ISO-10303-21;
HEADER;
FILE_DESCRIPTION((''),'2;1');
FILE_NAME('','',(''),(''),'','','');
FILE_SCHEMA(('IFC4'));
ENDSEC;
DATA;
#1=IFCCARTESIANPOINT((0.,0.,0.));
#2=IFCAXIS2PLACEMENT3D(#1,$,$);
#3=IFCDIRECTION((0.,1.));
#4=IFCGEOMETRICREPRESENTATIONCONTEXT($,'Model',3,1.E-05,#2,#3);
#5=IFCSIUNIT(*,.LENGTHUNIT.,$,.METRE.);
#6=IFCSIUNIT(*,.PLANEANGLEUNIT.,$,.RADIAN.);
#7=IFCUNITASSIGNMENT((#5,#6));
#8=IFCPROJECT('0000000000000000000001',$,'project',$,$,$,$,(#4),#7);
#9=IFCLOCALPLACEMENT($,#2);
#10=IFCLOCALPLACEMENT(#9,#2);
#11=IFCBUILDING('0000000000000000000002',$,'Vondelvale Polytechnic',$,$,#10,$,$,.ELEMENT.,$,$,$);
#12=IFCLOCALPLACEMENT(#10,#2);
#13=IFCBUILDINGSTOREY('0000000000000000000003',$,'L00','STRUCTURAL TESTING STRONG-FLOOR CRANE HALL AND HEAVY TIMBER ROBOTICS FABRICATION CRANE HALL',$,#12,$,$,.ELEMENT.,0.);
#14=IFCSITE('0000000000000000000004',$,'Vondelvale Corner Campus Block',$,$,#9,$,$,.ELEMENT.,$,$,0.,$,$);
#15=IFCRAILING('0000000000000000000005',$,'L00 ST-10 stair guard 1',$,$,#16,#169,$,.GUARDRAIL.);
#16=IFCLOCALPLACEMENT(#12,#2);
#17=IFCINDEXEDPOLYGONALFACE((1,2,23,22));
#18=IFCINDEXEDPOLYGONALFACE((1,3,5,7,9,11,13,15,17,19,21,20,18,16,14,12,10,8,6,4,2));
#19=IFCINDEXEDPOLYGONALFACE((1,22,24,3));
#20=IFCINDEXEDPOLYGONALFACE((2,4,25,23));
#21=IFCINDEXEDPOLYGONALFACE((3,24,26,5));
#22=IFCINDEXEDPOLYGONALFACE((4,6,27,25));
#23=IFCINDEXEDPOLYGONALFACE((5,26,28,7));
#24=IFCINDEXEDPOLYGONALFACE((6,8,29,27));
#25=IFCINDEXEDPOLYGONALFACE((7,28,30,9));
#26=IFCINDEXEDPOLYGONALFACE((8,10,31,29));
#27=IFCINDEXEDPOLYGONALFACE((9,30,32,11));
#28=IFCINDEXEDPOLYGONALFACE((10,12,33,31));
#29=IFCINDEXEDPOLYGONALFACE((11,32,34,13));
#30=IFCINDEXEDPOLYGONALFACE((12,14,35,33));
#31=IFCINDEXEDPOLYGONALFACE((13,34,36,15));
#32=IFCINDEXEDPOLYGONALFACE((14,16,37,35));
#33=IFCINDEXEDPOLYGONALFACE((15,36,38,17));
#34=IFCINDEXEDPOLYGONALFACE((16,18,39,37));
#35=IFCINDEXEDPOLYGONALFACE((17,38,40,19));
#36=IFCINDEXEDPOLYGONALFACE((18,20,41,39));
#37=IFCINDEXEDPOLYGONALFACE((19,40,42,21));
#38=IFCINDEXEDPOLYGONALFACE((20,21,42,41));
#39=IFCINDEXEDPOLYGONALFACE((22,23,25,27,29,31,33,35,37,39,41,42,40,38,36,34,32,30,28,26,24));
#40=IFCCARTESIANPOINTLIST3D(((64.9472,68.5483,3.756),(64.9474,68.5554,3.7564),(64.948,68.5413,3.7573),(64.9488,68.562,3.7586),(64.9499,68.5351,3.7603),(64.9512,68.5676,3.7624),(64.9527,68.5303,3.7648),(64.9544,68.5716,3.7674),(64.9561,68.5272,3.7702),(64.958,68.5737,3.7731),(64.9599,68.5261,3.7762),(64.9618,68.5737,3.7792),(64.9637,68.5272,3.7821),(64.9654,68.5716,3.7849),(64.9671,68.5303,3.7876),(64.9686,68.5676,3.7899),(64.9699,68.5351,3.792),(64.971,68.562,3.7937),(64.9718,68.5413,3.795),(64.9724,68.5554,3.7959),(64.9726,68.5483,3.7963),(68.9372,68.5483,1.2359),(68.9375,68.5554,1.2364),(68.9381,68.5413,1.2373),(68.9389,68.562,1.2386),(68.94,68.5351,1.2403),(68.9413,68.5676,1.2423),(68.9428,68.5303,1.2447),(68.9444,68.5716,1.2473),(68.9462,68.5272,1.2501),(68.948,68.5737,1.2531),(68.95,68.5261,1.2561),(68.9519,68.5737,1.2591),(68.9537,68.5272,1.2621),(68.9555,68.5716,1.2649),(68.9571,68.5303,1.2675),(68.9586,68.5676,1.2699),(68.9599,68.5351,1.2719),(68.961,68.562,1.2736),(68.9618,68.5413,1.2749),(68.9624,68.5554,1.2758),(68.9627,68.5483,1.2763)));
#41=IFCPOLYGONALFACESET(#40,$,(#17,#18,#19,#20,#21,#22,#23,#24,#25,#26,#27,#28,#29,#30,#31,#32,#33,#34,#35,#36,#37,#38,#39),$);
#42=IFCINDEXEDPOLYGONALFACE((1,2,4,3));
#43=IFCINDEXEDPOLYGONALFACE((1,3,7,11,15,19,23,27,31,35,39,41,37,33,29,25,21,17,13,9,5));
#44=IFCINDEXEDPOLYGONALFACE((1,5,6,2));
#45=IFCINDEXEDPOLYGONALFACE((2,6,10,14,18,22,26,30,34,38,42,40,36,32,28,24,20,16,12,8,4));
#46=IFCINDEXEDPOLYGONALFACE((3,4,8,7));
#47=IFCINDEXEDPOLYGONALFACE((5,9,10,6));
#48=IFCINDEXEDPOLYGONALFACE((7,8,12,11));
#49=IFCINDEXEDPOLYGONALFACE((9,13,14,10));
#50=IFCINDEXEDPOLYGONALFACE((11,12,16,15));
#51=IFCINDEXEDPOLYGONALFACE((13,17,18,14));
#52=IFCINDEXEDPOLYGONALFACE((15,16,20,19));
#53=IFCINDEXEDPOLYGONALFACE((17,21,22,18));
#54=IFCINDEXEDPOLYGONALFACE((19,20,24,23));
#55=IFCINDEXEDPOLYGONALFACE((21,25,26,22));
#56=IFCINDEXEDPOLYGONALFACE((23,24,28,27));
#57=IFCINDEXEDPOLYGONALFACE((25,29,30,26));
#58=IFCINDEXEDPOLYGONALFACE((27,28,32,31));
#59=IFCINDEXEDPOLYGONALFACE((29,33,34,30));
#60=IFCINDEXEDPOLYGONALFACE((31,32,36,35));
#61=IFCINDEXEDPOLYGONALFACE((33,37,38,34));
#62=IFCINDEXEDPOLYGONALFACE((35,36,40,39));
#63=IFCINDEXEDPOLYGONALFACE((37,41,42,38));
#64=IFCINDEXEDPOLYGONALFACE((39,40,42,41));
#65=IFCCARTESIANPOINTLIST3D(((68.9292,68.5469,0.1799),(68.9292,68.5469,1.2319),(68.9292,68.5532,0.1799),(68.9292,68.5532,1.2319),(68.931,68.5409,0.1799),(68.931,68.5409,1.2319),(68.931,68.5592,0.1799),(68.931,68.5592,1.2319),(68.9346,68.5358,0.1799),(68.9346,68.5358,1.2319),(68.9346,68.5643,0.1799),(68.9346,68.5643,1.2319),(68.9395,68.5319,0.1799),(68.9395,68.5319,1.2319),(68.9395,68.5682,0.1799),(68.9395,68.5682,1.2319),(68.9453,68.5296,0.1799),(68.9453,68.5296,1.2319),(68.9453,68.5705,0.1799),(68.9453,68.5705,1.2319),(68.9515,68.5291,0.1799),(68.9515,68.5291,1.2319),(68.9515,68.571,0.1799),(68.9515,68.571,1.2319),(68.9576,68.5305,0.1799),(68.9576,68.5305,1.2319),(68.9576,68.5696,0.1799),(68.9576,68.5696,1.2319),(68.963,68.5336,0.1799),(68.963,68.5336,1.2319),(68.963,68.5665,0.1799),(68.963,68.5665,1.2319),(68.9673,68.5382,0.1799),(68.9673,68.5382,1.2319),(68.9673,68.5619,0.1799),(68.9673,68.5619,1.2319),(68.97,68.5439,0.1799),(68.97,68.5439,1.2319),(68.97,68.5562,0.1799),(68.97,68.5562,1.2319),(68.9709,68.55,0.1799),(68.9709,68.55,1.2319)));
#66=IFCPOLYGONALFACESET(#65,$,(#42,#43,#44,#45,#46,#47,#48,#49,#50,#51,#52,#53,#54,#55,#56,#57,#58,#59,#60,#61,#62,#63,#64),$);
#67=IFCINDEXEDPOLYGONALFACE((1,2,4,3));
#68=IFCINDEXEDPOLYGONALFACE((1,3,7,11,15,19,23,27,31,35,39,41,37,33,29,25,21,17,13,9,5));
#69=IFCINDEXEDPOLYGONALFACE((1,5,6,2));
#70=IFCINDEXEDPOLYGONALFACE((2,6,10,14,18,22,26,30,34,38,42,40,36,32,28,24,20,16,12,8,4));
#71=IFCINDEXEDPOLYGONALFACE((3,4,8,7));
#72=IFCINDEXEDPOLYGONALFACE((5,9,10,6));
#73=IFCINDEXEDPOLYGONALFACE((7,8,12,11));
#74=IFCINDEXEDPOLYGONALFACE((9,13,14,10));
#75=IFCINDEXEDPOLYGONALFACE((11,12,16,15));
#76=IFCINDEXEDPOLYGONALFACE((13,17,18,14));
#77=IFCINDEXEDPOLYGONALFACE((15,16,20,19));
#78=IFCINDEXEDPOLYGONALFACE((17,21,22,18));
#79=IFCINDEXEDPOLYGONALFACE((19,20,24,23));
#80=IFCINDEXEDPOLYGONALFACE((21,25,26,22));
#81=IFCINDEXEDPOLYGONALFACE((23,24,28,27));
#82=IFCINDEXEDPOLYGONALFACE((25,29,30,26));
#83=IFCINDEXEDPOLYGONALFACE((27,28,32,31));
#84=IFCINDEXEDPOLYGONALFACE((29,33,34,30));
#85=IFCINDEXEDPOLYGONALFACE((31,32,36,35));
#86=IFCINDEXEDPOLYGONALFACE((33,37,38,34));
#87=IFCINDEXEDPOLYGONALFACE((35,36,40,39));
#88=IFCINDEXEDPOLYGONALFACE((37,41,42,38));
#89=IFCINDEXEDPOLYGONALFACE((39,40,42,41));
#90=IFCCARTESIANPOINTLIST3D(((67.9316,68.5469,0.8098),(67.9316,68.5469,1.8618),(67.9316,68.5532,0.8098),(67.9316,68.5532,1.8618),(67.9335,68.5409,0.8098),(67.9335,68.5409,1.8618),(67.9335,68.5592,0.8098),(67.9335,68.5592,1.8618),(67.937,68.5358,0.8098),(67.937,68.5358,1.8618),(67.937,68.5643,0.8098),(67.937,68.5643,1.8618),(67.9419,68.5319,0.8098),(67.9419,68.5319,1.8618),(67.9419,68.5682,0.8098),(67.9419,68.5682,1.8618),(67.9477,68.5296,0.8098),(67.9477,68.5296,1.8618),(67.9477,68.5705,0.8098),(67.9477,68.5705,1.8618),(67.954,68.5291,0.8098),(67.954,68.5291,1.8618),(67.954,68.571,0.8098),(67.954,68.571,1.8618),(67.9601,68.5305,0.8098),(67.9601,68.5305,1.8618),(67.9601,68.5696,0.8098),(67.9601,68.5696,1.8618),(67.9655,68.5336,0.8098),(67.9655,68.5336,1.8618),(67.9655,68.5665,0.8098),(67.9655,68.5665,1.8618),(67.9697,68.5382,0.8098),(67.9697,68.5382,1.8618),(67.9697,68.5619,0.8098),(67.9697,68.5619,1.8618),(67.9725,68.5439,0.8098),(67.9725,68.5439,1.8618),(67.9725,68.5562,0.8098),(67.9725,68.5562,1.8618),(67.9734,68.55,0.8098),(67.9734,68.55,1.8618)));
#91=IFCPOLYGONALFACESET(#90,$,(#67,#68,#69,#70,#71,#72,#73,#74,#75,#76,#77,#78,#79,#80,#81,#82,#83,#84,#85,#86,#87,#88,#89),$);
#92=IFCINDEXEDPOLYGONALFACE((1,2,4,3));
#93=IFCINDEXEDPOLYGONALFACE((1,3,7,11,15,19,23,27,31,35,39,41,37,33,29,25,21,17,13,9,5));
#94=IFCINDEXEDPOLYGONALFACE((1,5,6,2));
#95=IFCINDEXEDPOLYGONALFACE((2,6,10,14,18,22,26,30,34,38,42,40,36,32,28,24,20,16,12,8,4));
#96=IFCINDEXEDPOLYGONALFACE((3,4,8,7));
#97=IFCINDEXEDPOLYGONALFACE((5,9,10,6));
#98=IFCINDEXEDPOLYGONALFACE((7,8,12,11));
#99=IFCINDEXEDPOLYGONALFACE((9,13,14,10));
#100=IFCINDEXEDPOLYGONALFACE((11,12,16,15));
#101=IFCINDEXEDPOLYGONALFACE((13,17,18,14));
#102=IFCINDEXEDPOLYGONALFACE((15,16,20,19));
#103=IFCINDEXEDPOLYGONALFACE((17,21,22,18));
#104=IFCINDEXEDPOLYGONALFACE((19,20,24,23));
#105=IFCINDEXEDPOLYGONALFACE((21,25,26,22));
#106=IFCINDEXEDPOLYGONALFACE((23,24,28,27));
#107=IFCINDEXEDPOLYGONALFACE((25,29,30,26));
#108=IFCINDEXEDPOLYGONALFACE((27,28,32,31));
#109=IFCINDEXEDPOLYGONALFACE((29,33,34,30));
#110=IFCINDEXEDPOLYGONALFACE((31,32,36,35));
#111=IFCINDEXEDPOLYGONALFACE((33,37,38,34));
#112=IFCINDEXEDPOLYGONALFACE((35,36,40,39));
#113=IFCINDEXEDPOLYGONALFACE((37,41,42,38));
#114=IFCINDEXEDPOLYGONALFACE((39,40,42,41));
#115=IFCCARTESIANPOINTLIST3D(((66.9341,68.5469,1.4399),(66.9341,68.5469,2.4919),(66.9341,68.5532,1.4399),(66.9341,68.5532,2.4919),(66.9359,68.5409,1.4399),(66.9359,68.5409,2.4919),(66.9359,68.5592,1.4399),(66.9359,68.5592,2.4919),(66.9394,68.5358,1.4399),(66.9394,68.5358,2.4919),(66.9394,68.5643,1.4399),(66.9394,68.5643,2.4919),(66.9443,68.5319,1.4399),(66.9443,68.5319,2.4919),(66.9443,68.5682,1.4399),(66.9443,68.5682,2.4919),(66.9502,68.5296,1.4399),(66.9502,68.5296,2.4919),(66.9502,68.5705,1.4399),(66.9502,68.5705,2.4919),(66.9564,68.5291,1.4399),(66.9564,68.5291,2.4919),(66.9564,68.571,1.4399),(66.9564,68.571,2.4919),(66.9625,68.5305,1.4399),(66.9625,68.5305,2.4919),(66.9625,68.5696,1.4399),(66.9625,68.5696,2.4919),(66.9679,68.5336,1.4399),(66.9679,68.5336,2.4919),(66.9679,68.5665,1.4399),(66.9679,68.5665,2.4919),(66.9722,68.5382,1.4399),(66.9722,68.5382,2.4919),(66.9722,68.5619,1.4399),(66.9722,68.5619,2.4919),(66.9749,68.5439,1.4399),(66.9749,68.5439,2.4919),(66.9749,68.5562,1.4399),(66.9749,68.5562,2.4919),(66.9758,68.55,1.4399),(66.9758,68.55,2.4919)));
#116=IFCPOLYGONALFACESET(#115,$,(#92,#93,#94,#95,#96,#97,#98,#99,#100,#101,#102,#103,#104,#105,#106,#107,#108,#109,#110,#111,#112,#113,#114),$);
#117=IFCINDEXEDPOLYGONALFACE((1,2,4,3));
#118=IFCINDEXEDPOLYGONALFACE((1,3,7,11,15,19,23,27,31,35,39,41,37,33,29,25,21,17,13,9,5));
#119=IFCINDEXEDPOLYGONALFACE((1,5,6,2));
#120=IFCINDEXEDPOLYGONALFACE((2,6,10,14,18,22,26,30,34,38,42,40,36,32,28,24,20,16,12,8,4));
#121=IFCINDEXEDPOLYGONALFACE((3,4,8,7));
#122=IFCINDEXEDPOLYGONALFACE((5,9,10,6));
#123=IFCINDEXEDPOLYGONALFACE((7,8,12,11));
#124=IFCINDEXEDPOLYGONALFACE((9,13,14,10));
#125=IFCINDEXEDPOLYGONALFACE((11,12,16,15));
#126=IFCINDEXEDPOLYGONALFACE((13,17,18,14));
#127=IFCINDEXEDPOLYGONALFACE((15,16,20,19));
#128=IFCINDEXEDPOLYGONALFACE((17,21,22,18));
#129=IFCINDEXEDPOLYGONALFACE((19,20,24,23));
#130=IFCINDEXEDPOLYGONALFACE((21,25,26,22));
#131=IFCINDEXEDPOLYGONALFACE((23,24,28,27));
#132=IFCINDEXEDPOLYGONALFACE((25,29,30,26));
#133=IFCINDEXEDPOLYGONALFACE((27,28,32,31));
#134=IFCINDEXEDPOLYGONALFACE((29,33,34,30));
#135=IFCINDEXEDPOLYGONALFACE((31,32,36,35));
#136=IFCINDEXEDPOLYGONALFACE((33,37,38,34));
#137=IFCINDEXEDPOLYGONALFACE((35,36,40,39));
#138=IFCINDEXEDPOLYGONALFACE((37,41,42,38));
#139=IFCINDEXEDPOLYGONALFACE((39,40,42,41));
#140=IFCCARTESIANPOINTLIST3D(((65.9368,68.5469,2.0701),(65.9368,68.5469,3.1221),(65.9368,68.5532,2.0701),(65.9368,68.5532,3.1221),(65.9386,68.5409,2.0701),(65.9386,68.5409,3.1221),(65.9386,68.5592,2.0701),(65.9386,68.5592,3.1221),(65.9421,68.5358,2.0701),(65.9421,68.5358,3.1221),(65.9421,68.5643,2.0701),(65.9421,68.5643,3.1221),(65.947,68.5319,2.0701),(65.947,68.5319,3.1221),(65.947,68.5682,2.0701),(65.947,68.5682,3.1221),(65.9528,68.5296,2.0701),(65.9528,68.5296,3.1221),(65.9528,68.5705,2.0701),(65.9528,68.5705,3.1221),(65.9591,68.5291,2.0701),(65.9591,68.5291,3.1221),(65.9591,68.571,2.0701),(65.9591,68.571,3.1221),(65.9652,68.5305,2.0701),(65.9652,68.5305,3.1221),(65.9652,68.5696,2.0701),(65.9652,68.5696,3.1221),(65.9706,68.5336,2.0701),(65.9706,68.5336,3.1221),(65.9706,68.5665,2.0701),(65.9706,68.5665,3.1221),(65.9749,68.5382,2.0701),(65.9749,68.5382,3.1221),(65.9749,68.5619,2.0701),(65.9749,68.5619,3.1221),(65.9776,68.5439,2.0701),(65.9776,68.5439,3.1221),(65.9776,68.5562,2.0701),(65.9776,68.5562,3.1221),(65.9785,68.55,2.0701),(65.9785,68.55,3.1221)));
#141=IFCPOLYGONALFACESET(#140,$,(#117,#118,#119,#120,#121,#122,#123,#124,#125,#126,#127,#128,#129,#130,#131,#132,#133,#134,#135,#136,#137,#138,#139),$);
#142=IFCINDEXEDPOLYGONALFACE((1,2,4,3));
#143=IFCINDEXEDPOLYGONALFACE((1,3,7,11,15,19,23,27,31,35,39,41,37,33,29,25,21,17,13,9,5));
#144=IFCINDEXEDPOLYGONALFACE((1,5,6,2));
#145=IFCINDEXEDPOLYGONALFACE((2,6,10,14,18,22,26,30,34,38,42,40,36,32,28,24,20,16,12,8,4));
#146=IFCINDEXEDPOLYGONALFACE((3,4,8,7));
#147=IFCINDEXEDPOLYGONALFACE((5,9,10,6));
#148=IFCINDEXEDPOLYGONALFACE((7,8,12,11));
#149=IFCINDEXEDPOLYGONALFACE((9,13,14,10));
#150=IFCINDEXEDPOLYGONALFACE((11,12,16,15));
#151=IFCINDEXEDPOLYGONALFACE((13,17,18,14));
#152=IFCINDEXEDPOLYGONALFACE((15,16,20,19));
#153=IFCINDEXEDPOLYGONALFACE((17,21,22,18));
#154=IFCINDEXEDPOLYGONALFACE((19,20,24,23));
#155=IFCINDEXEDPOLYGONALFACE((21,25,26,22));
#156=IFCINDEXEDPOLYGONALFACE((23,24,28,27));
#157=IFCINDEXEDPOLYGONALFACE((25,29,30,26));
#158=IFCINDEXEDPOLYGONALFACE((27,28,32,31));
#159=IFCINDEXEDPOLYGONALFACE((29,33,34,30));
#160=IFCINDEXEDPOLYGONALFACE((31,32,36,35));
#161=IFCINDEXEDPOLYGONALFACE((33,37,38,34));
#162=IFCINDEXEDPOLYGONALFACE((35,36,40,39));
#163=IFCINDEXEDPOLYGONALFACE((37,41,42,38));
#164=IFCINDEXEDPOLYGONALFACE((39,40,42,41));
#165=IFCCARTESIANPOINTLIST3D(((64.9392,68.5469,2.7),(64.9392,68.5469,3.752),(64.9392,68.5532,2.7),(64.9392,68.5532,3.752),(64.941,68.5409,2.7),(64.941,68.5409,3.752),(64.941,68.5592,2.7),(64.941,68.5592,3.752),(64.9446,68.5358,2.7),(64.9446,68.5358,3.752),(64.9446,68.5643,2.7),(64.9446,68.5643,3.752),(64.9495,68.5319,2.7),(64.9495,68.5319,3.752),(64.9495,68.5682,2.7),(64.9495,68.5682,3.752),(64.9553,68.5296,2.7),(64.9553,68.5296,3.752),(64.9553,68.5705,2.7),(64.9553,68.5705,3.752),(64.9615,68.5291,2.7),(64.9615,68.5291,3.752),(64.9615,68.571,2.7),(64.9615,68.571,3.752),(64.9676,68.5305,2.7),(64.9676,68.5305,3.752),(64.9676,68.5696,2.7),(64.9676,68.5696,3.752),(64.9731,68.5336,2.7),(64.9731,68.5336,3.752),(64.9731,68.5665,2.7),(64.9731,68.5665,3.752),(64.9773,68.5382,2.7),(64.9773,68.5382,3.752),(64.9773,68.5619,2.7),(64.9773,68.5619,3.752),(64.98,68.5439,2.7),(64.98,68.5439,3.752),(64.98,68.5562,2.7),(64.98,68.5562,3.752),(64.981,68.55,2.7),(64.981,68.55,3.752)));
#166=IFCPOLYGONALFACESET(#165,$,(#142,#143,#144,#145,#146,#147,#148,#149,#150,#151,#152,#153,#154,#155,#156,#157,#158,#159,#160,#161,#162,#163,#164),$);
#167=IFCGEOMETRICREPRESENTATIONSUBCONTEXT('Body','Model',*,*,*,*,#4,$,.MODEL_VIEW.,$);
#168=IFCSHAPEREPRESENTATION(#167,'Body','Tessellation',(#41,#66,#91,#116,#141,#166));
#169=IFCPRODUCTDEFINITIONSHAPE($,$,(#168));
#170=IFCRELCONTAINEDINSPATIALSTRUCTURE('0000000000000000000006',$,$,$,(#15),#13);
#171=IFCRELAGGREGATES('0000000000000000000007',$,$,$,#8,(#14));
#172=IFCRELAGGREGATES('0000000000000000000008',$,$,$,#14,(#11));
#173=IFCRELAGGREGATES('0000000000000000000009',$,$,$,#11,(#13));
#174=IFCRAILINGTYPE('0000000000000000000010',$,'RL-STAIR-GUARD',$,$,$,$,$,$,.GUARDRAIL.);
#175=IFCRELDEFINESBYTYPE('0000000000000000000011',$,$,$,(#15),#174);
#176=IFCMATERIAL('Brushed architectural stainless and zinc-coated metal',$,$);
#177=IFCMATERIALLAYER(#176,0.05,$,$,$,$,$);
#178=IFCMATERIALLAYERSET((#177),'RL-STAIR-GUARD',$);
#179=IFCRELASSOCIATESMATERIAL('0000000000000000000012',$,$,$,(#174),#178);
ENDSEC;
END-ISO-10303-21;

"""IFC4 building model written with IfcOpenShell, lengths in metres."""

from ifc_helpers import new_model, si_unit, direction, frame, origin, origin_2d, place, context, subcontext, project, spatial, circle, extrude, material, layer, layer_set, type_object, element, save


model = new_model("IFC4")

# Units and contexts
model_context = context("Model", 3, precision=1e-05, world=origin(), true_north=direction((0.0, 1.0)))
body_context = subcontext(model_context, "Body", "Model", "MODEL_VIEW")
ifc_project = project(units=[si_unit("LENGTHUNIT", "METRE"), si_unit("PLANEANGLEUNIT", "RADIAN")], contexts=[model_context])

# Site, building, storey
site_placement = place(None, origin())
site = spatial("IfcSite", under=ifc_project, at=site_placement, Name="Vondelvale Corner Campus Block", CompositionType="ELEMENT", RefElevation=0.0)
building_placement = place(site_placement, origin())
building = spatial("IfcBuilding", under=site, at=building_placement, Name="Vondelvale Polytechnic", CompositionType="ELEMENT")
storey_placement = place(building_placement, origin())
storey = spatial("IfcBuildingStorey", under=building, at=storey_placement, Name="L00", Description="STRUCTURAL TESTING STRONG-FLOOR CRANE HALL AND HEAVY TIMBER ROBOTICS FABRICATION CRANE HALL", CompositionType="ELEMENT", Elevation=0.0)

# Shared definitions
ifc_material_1 = material(Name="Brushed architectural stainless and zinc-coated metal")

# Railing
ifc_layer_1 = layer(ifc_material_1, 0.05)
ifc_layer_set_1 = layer_set([ifc_layer_1], Name="RL-STAIR-GUARD")
railing_type_1 = type_object("IfcRailingType", Name="RL-STAIR-GUARD", PredefinedType="GUARDRAIL", material=ifc_layer_set_1)
railing_1_placement = place(storey_placement, frame((68.95, 68.55, 0.1799)))
element("IfcRailing", 1, at=railing_1_placement, inside=storey, type_object=railing_type_1, Name="L00 ST-10 stair guard 1", PredefinedType="GUARDRAIL", context=body_context, shape_type="SweptSolid", body=[
    extrude(circle(Radius=0.0239, at=origin_2d()), frame((0.0, 0.0, 1.0762), z_axis=(-0.845486, 0.0, 0.533997), x_axis=(0.0, -1.0, 0.0)), (0.0, 0.0, 1.0), 4.7192),
    extrude(circle(Radius=0.021, at=origin_2d()), origin(), (0.0, 0.0, 1.0), 1.052),
    extrude(circle(Radius=0.021, at=origin_2d()), frame((-0.9976, 0.0, 0.6299)), (0.0, 0.0, 1.0), 1.052),
    extrude(circle(Radius=0.021, at=origin_2d()), frame((-1.9951, 0.0, 1.26)), (0.0, 0.0, 1.0), 1.052),
    extrude(circle(Radius=0.021, at=origin_2d()), frame((-2.9924, 0.0, 1.8901)), (0.0, 0.0, 1.0), 1.052),
    extrude(circle(Radius=0.021, at=origin_2d()), frame((-3.99, 0.0, 2.52)), (0.0, 0.0, 1.0), 1.052),
])

save(model, "model.ifc")
